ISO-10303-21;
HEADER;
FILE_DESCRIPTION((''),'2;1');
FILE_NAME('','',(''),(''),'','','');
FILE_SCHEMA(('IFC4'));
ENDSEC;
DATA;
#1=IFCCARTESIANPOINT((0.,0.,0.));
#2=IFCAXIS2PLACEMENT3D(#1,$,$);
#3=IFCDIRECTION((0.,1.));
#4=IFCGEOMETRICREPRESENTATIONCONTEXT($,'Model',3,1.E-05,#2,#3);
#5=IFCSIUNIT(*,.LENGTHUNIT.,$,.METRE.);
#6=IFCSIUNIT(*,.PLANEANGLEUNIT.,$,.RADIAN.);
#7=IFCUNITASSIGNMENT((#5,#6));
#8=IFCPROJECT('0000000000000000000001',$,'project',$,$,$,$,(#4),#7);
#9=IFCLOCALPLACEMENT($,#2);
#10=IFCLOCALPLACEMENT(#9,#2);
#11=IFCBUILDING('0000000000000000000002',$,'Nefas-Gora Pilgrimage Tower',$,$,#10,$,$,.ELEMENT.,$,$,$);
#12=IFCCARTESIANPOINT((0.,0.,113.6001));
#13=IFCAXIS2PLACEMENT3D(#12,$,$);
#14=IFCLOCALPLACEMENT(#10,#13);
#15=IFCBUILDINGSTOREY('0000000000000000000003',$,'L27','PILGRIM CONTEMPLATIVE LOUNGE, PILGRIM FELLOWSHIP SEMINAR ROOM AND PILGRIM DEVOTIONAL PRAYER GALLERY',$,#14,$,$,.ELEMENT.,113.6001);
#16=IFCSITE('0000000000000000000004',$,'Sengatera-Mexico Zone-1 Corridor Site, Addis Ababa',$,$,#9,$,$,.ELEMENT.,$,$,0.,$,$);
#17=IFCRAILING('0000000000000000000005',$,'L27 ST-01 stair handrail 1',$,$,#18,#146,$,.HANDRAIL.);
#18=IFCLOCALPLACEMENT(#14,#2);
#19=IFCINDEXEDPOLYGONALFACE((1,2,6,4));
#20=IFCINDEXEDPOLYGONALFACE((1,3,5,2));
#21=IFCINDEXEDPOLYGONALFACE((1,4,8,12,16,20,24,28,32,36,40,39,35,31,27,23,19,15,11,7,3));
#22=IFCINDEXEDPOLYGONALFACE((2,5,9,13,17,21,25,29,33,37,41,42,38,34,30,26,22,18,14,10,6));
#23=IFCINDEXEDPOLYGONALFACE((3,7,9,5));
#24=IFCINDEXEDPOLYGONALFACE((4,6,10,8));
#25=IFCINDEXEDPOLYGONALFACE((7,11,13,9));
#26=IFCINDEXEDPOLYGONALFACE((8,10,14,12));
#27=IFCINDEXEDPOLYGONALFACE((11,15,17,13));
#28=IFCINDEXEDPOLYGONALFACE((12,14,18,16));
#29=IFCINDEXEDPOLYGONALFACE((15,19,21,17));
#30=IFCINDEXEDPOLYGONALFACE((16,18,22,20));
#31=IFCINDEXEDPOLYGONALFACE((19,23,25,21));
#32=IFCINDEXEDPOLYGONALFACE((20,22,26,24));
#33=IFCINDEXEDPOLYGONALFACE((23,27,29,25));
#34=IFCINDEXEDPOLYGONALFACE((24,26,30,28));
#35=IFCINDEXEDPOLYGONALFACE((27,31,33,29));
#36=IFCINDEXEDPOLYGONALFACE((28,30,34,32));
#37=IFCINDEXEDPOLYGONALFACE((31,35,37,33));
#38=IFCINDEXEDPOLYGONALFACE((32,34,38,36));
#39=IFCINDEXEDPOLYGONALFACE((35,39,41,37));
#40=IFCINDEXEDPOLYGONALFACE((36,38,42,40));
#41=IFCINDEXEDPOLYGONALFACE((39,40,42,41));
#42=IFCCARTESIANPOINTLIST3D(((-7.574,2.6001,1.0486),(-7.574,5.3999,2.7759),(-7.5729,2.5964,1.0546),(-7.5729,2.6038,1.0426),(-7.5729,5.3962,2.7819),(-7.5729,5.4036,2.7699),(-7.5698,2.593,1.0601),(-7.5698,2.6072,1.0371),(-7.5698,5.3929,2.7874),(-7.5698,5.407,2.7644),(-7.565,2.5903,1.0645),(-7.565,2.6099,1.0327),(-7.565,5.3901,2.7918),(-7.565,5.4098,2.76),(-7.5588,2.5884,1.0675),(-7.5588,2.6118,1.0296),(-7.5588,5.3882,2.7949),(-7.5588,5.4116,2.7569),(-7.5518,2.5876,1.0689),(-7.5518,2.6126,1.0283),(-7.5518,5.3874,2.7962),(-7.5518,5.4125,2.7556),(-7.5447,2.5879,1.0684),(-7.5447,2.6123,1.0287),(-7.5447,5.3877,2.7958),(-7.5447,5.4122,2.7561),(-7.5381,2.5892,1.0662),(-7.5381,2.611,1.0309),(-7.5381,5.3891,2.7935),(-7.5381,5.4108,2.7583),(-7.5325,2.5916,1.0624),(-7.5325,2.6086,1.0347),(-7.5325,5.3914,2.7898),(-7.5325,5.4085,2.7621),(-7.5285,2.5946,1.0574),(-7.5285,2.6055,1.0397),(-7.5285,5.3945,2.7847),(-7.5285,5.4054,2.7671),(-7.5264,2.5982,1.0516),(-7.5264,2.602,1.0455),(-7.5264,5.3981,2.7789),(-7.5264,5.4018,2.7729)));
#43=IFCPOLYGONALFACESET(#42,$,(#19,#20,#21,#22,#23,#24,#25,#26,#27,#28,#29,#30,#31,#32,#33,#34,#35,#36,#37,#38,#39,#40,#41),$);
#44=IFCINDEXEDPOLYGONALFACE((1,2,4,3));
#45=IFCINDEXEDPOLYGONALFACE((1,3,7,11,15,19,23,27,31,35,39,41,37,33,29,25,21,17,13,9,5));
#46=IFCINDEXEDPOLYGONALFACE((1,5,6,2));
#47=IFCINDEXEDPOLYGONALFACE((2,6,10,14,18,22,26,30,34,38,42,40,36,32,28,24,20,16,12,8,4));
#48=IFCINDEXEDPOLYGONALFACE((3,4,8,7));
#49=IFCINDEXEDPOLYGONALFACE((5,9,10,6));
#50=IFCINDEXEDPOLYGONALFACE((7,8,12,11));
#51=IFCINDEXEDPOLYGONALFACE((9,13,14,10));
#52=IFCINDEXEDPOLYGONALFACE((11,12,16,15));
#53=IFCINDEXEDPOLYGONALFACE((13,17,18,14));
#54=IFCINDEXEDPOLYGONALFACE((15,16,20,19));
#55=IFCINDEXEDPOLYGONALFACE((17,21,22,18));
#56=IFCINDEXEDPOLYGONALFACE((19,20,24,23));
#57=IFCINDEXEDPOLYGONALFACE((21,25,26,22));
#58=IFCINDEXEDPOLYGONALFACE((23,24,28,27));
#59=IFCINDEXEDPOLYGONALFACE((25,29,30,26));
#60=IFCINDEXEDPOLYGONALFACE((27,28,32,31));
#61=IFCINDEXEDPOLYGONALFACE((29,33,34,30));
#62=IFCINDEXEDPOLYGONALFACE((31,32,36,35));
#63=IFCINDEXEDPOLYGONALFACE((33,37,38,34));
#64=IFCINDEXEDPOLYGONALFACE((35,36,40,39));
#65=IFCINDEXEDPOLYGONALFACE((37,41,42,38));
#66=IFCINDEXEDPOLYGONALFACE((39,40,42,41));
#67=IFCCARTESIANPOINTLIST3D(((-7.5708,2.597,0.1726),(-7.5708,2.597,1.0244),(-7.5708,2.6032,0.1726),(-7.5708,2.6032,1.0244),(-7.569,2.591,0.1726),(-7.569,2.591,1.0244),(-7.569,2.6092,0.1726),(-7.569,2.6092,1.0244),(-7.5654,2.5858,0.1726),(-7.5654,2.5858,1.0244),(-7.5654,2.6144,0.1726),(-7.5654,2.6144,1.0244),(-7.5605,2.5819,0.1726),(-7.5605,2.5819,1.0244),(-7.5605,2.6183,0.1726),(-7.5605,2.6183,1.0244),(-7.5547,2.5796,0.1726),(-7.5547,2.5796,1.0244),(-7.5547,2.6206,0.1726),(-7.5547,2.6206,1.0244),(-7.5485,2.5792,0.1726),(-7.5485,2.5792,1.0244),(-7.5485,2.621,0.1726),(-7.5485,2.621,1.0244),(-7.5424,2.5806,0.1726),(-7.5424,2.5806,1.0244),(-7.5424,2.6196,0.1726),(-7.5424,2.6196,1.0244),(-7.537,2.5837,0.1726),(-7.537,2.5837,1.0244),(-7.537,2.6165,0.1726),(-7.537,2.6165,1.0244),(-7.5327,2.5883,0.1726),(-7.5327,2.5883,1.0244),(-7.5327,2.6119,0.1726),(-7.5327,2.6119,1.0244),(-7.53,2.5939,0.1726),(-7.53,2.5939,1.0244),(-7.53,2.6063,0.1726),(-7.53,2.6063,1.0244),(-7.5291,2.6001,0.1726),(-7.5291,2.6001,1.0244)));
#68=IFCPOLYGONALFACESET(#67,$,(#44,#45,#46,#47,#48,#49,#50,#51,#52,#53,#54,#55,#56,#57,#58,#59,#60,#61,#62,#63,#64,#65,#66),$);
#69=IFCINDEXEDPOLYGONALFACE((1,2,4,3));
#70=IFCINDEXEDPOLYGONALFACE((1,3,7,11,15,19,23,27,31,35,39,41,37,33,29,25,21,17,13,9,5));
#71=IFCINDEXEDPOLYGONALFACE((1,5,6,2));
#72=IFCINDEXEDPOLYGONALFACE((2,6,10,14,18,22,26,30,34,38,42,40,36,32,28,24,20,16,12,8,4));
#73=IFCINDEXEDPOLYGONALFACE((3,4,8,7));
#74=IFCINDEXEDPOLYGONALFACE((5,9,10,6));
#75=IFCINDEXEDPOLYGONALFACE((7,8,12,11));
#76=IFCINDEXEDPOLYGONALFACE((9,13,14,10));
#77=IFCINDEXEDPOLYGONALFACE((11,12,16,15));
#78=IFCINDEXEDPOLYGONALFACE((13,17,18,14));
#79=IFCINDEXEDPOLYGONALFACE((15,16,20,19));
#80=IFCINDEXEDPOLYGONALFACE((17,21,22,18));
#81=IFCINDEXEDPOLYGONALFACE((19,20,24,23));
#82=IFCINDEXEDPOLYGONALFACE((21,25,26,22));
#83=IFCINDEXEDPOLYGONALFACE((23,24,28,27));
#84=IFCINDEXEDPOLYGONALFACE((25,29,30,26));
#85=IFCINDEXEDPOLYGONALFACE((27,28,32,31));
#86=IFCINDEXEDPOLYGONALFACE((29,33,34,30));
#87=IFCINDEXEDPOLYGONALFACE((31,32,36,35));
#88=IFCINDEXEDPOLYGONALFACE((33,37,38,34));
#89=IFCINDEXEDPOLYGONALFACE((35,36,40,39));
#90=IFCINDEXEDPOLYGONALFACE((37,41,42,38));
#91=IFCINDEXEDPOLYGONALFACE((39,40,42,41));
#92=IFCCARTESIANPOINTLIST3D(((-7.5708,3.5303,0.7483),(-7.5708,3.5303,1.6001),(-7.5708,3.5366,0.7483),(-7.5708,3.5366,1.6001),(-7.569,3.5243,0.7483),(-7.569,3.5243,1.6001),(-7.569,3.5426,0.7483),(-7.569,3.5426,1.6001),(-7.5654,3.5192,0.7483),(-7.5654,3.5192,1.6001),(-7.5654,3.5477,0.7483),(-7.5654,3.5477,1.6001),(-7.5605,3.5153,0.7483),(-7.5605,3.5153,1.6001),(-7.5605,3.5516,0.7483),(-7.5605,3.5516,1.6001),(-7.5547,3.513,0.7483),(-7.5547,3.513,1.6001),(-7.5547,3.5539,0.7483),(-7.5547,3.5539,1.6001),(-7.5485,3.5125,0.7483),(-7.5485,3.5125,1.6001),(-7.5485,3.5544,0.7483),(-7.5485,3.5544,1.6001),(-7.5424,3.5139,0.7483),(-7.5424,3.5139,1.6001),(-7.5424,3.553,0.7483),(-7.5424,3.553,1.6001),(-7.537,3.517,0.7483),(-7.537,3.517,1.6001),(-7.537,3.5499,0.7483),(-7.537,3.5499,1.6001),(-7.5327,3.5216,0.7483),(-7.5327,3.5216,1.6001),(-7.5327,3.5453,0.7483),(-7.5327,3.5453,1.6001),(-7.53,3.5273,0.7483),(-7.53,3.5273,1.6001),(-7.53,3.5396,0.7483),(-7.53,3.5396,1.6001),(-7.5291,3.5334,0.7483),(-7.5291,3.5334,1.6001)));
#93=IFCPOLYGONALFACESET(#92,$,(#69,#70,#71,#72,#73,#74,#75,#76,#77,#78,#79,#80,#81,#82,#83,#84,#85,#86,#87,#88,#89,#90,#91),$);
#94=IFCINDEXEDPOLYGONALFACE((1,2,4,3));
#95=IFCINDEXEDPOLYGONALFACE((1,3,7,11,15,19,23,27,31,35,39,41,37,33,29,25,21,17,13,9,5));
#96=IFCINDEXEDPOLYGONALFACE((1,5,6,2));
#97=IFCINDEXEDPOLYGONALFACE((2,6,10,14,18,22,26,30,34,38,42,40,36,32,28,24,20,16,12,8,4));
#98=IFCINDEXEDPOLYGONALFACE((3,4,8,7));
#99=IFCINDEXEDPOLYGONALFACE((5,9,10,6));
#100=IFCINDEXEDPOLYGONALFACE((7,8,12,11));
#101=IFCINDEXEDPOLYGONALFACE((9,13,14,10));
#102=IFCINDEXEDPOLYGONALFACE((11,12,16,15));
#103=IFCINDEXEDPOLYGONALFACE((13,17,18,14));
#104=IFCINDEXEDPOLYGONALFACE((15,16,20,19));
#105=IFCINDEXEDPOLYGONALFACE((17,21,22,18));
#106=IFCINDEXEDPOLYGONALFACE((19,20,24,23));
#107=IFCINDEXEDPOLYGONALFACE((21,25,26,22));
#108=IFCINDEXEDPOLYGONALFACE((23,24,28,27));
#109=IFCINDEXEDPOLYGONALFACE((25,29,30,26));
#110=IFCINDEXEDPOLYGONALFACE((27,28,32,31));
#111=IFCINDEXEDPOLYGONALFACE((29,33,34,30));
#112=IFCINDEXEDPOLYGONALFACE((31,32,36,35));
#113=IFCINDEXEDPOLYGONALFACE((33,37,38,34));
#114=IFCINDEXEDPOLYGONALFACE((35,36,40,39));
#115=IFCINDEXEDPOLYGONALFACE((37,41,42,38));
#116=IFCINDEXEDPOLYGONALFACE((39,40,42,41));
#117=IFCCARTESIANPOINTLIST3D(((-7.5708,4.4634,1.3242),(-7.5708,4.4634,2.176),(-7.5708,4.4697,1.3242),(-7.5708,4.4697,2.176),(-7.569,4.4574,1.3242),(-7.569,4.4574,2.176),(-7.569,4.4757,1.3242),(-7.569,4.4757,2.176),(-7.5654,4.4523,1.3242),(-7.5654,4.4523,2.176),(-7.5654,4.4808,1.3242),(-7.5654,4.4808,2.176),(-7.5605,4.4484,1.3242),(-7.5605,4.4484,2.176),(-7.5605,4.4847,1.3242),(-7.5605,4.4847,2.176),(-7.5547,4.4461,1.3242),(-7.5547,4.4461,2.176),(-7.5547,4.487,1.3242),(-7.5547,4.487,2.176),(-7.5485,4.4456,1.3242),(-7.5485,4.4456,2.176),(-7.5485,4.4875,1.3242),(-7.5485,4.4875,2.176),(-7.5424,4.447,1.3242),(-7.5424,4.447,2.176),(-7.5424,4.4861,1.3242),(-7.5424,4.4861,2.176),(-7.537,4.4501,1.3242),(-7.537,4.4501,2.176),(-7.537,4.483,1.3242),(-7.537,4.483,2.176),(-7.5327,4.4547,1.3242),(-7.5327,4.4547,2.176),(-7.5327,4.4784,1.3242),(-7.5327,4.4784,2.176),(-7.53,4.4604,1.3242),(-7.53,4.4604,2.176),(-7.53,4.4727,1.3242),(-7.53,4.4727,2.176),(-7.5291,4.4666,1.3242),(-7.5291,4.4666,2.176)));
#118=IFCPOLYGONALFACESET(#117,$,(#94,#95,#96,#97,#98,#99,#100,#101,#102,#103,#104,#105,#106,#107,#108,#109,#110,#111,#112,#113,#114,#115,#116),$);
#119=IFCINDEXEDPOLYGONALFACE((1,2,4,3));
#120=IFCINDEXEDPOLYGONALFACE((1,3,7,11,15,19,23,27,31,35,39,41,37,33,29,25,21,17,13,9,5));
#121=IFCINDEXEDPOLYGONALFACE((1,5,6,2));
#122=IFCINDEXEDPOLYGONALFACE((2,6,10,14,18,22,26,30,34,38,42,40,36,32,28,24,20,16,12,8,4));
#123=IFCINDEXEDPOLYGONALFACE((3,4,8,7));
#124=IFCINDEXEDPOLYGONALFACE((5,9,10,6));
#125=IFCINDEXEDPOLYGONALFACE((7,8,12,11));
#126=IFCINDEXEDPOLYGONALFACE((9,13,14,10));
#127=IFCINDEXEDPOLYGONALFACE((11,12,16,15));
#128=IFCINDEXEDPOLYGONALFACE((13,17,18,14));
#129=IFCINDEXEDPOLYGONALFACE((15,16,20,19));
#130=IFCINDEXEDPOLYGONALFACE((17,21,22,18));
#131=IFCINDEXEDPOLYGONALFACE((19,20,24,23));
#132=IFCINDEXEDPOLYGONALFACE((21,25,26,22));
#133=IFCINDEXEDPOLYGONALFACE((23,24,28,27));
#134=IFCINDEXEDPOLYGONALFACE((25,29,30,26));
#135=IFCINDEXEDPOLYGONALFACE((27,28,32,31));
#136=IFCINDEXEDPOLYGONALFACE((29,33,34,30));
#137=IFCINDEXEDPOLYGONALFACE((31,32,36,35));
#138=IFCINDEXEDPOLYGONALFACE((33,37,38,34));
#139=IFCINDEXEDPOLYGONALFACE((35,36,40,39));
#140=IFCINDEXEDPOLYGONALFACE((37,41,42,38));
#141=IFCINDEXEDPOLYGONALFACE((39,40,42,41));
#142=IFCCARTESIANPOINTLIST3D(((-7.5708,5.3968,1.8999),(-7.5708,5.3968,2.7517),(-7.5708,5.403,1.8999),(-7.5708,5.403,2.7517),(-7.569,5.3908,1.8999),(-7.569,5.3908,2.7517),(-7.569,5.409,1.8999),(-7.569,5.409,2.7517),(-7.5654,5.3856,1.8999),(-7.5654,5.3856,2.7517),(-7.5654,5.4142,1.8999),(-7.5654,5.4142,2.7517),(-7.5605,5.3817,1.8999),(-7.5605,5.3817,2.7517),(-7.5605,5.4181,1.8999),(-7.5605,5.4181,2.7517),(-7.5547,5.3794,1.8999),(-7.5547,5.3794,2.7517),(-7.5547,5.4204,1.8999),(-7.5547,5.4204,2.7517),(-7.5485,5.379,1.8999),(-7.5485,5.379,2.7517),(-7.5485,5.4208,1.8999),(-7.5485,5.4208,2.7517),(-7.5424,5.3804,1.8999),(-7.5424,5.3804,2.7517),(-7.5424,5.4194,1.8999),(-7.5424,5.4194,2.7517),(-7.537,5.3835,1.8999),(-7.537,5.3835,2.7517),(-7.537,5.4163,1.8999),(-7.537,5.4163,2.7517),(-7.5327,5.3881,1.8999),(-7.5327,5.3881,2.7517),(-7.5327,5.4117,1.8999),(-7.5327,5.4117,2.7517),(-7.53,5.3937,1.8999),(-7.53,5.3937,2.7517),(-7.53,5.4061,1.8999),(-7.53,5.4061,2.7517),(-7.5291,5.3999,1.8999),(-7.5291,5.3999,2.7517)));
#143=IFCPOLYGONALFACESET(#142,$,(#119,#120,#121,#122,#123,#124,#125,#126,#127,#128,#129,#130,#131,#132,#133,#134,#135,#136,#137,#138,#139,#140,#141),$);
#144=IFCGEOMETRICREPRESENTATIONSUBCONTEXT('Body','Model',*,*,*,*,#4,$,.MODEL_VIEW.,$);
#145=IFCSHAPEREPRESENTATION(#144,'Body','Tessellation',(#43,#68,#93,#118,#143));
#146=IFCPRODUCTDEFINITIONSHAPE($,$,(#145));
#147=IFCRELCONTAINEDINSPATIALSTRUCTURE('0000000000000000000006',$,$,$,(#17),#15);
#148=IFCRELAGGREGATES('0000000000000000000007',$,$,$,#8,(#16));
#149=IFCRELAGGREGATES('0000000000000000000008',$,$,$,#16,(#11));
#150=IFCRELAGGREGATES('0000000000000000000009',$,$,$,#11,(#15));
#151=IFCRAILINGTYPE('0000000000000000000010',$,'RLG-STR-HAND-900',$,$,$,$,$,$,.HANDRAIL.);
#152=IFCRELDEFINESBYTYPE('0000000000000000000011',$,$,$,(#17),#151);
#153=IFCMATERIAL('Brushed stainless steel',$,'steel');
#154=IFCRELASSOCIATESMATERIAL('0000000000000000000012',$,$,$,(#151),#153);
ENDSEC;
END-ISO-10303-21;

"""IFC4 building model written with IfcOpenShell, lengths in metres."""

from ifc_helpers import new_model, si_unit, direction, frame, origin, origin_2d, place, context, subcontext, project, spatial, circle, extrude, material, type_object, element, save


model = new_model("IFC4")

# Units and contexts
model_context = context("Model", 3, precision=1e-05, world=origin(), true_north=direction((0.0, 1.0)))
body_context = subcontext(model_context, "Body", "Model", "MODEL_VIEW")
ifc_project = project(units=[si_unit("LENGTHUNIT", "METRE"), si_unit("PLANEANGLEUNIT", "RADIAN")], contexts=[model_context])

# Site, building, storey
site_placement = place(None, origin())
site = spatial("IfcSite", under=ifc_project, at=site_placement, Name="Sengatera-Mexico Zone-1 Corridor Site, Addis Ababa", CompositionType="ELEMENT", RefElevation=0.0)
building_placement = place(site_placement, origin())
building = spatial("IfcBuilding", under=site, at=building_placement, Name="Nefas-Gora Pilgrimage Tower", CompositionType="ELEMENT")
storey_placement = place(building_placement, frame((0.0, 0.0, 113.6001)))
storey = spatial("IfcBuildingStorey", under=building, at=storey_placement, Name="L27", Description="PILGRIM CONTEMPLATIVE LOUNGE, PILGRIM FELLOWSHIP SEMINAR ROOM AND PILGRIM DEVOTIONAL PRAYER GALLERY", CompositionType="ELEMENT", Elevation=113.6001)

# Railing
ifc_material_1 = material(Name="Brushed stainless steel", Category="steel")
railing_type_1 = type_object("IfcRailingType", Name="RLG-STR-HAND-900", PredefinedType="HANDRAIL", material=ifc_material_1)
railing_1_placement = place(storey_placement, frame((-7.55, 2.6001, 0.1726)))
element("IfcRailing", 1, at=railing_1_placement, inside=storey, type_object=railing_type_1, Name="L27 ST-01 stair handrail 1", PredefinedType="HANDRAIL", context=body_context, shape_type="SweptSolid", body=[
    extrude(circle(Radius=0.0239, at=origin_2d()), frame((0.0, 0.0, 0.876), z_axis=(0.0, 0.851069, 0.525054), x_axis=(-1.0, 0.0, 0.0)), (0.0, 0.0, 1.0), 3.2898),
    extrude(circle(Radius=0.021, at=origin_2d()), origin(), (0.0, 0.0, 1.0), 0.8518),
    extrude(circle(Radius=0.021, at=origin_2d()), frame((0.0, 0.9333, 0.5757)), (0.0, 0.0, 1.0), 0.8518),
    extrude(circle(Radius=0.021, at=origin_2d()), frame((0.0, 1.8665, 1.1516)), (0.0, 0.0, 1.0), 0.8518),
    extrude(circle(Radius=0.021, at=origin_2d()), frame((0.0, 2.7998, 1.7273)), (0.0, 0.0, 1.0), 0.8518),
])

save(model, "model.ifc")
